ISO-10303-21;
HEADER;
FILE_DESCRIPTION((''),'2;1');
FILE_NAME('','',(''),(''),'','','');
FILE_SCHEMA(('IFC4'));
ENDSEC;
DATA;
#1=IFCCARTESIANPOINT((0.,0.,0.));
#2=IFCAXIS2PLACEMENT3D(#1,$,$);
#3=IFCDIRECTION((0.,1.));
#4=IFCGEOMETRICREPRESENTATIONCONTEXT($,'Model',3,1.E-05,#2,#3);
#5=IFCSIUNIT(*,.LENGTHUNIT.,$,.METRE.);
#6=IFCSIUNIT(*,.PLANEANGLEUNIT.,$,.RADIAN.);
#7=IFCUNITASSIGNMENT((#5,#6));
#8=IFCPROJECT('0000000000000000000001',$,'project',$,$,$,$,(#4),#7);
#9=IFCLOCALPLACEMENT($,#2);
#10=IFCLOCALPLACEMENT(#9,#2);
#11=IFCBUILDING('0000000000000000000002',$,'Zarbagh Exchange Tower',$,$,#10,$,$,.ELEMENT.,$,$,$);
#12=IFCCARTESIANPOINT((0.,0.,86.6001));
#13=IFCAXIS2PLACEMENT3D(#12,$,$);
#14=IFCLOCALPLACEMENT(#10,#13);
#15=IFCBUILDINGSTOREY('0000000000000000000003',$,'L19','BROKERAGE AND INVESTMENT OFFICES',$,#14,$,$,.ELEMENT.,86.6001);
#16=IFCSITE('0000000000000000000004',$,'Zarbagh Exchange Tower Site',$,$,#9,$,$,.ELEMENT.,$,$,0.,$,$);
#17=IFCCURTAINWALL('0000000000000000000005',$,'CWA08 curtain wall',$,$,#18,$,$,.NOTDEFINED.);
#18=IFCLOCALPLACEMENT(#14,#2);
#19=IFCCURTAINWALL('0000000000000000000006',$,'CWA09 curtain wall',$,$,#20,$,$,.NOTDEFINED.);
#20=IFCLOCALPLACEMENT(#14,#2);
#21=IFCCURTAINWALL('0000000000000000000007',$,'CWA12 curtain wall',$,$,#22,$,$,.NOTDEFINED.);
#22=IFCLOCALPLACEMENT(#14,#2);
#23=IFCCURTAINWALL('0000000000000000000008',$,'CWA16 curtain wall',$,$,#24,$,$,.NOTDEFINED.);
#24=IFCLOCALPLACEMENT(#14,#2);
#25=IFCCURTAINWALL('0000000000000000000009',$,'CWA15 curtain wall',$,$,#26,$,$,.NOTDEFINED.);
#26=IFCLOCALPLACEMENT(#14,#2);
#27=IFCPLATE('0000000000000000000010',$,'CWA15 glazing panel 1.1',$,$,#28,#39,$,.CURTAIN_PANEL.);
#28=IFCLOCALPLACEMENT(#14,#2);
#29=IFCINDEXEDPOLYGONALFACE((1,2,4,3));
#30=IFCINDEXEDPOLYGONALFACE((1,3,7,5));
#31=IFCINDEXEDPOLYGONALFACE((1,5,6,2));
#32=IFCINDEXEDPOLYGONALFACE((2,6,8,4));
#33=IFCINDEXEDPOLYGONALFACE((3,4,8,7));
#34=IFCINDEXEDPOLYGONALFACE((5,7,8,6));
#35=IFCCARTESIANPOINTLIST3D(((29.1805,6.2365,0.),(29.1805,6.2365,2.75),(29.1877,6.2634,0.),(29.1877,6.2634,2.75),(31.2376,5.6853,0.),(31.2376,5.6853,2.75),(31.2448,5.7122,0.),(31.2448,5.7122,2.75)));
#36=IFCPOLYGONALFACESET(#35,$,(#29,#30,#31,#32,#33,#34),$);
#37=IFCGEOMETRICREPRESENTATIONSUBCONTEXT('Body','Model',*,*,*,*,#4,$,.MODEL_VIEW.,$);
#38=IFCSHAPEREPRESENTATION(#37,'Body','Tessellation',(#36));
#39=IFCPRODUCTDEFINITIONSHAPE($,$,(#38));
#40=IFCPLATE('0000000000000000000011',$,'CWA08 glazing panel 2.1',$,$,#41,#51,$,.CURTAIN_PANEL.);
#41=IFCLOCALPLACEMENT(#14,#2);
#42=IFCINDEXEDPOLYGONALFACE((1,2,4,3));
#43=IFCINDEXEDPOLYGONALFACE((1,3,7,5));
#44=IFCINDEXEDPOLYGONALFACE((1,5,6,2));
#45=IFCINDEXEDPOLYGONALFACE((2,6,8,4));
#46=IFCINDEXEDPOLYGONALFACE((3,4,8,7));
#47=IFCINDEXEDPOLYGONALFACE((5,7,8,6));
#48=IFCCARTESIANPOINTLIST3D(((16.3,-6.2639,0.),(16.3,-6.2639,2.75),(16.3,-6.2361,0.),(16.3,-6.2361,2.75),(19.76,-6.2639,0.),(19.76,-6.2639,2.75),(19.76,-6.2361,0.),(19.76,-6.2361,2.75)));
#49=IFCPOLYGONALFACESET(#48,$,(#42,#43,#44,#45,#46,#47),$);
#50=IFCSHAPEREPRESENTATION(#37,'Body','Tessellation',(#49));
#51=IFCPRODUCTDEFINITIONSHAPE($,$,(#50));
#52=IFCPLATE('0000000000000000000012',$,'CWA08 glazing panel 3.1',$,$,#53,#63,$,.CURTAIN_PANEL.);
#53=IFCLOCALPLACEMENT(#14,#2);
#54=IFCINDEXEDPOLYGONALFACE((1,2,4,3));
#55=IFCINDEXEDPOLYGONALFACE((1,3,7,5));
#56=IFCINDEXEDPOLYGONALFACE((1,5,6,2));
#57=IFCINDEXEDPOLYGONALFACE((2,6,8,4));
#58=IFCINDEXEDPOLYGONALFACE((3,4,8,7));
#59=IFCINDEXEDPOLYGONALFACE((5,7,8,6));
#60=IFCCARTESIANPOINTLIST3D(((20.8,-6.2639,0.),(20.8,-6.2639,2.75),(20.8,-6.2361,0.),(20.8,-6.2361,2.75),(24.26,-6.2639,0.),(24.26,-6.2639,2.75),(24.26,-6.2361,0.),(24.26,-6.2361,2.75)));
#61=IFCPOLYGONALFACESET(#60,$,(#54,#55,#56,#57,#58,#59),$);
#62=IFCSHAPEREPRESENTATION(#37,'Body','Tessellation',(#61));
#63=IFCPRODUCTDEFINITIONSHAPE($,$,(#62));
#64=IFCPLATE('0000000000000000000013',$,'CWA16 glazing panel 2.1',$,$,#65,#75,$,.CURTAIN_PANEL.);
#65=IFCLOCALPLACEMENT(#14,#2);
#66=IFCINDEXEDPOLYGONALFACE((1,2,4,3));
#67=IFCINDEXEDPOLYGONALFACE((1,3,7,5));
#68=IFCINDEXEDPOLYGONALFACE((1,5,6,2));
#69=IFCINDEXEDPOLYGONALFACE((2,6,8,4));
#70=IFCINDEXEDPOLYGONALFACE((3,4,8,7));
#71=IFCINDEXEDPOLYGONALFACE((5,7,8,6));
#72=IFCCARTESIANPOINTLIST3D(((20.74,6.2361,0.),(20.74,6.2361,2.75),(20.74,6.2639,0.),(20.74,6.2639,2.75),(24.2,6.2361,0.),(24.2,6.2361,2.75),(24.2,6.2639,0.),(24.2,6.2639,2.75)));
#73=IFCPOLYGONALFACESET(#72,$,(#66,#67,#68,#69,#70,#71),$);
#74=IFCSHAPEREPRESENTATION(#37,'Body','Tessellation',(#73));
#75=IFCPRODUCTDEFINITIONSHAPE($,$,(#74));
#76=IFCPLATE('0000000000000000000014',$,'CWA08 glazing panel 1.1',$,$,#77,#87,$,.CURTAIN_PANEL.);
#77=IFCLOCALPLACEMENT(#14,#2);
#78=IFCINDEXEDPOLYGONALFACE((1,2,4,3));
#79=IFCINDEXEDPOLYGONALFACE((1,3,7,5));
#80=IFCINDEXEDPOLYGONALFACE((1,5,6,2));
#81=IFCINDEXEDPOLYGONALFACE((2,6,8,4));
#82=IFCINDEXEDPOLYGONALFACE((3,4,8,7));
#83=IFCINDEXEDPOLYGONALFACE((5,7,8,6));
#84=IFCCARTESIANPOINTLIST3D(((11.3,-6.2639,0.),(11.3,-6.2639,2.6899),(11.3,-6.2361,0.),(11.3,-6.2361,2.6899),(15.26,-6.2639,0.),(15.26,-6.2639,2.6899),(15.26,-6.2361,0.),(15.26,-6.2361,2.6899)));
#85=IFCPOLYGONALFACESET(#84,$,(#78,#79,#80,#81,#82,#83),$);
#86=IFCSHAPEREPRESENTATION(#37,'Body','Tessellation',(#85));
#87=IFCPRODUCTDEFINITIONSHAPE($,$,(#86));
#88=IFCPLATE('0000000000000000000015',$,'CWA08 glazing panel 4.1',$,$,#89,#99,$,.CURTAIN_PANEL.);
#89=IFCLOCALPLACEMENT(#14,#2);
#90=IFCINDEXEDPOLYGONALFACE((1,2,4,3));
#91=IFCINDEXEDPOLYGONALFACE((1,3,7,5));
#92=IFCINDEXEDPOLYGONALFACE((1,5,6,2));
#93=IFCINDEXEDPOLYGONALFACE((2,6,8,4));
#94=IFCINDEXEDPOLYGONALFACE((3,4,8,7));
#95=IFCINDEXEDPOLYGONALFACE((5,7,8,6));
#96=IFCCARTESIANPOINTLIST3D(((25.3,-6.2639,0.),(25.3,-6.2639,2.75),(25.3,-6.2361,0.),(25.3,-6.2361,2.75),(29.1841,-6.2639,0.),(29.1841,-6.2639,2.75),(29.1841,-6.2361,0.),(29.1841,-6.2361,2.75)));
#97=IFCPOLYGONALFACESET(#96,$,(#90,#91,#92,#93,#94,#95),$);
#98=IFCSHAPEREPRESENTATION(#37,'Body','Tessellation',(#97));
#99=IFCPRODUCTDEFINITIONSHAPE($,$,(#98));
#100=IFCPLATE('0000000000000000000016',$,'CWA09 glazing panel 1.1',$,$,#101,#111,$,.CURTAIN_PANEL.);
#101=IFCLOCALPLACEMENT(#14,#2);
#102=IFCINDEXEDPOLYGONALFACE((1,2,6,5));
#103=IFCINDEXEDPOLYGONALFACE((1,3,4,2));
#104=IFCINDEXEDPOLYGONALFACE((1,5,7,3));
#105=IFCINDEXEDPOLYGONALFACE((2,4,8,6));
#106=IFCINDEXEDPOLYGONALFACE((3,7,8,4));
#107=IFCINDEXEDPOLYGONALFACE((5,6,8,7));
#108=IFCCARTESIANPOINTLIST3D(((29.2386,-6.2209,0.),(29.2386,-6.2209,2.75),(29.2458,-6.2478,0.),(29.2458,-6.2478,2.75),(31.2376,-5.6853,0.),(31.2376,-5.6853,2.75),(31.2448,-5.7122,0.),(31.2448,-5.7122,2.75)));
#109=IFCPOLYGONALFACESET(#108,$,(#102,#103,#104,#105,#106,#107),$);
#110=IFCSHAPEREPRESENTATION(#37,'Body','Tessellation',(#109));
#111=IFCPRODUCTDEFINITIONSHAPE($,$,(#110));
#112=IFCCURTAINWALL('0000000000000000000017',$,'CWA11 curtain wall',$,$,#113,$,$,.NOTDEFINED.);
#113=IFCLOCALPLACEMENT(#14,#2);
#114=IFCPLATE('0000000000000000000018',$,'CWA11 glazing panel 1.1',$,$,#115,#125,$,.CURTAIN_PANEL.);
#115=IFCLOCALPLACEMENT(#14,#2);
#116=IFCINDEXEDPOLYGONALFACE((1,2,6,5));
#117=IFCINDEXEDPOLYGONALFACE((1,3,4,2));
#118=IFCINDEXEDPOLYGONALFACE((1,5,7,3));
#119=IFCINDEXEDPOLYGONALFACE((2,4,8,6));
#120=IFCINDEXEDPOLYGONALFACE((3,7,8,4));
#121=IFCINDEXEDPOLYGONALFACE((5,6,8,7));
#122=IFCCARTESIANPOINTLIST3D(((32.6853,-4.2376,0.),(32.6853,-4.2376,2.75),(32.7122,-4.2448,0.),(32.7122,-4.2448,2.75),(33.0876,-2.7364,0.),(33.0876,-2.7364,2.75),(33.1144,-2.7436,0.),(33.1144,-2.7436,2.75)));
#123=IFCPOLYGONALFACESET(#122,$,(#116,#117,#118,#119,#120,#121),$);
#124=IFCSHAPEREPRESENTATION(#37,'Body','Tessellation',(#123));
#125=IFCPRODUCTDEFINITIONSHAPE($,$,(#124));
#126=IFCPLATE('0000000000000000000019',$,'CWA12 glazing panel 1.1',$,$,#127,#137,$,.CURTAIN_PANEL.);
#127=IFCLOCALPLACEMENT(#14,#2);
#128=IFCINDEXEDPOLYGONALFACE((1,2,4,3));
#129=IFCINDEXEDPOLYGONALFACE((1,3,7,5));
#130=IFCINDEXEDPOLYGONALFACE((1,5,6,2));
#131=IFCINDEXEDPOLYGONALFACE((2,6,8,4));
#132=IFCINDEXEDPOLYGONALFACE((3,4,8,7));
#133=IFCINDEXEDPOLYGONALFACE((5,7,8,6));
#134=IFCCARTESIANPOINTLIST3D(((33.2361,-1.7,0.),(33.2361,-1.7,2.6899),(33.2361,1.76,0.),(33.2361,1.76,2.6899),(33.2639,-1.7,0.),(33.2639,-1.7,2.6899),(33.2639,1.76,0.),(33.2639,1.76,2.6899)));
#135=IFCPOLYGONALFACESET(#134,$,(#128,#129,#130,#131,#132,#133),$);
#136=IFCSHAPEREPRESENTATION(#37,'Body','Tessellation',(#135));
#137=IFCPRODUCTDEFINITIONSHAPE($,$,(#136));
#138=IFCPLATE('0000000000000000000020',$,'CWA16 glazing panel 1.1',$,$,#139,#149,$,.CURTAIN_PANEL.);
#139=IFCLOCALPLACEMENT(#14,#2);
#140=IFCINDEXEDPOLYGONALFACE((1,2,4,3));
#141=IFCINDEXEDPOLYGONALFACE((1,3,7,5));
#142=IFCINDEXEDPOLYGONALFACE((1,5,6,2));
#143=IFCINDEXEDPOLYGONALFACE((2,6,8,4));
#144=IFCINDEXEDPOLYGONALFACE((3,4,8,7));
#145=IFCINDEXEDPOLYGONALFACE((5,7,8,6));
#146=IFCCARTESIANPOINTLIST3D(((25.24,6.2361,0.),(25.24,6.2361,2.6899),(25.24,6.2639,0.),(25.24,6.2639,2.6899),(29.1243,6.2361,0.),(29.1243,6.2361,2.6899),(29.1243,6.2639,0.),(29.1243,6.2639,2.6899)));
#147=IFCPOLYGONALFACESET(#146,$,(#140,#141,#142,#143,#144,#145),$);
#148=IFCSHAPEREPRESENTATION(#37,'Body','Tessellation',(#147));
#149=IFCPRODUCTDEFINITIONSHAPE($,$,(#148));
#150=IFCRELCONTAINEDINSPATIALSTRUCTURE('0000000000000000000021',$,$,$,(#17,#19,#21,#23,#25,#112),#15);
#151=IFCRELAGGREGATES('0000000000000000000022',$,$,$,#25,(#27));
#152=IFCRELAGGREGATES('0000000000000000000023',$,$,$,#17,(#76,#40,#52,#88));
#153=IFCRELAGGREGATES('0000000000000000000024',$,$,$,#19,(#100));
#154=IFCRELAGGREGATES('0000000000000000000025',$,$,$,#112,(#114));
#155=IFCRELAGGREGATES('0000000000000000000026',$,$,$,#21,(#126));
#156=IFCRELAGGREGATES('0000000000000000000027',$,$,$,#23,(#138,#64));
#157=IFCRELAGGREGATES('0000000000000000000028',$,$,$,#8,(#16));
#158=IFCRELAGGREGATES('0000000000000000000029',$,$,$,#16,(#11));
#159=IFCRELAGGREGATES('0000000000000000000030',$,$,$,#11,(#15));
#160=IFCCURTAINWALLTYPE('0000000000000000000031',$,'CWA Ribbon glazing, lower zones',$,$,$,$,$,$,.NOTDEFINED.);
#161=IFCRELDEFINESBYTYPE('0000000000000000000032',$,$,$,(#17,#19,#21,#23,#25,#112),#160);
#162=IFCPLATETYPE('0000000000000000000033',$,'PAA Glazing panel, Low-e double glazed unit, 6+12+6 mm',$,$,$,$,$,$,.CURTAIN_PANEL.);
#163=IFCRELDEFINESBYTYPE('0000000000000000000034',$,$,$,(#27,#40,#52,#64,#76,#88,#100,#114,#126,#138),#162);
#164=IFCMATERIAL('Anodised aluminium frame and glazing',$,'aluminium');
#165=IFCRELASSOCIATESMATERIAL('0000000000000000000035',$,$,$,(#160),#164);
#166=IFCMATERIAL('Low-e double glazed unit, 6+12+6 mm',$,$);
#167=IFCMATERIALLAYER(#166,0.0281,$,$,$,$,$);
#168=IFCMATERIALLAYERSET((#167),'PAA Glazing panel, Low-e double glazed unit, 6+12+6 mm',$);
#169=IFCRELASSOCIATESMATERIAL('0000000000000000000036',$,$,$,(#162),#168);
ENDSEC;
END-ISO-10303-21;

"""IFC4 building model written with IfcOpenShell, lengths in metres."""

from ifc_helpers import new_model, si_unit, direction, frame, origin, place, context, subcontext, project, spatial, polyline, outline, extrude, source, transform, mapped, material, layer, layer_set, type_object, element, aggregate, save


model = new_model("IFC4")

# Units and contexts
model_context = context("Model", 3, precision=1e-05, world=origin(), true_north=direction((0.0, 1.0)))
body_context = subcontext(model_context, "Body", "Model", "MODEL_VIEW")
ifc_project = project(units=[si_unit("LENGTHUNIT", "METRE"), si_unit("PLANEANGLEUNIT", "RADIAN")], contexts=[model_context])

# Site, building, storey
site_placement = place(None, origin())
site = spatial("IfcSite", under=ifc_project, at=site_placement, Name="Zarbagh Exchange Tower Site", CompositionType="ELEMENT", RefElevation=0.0)
building_placement = place(site_placement, origin())
building = spatial("IfcBuilding", under=site, at=building_placement, Name="Zarbagh Exchange Tower", CompositionType="ELEMENT")
storey_placement = place(building_placement, frame((0.0, 0.0, 86.6001)))
storey = spatial("IfcBuildingStorey", under=building, at=storey_placement, Name="L19", Description="BROKERAGE AND INVESTMENT OFFICES", CompositionType="ELEMENT", Elevation=86.6001)

# Curtain wall
ifc_material_1 = material(Name="Anodised aluminium frame and glazing", Category="aluminium")
curtain_wall_type = type_object("IfcCurtainWallType", Name="CWA Ribbon glazing, lower zones", PredefinedType="NOTDEFINED", material=ifc_material_1)
curtain_wall_1_placement = place(storey_placement, origin())
curtain_wall_1 = element("IfcCurtainWall", 1, at=curtain_wall_1_placement, inside=storey, type_object=curtain_wall_type, Name="CWA08 curtain wall", PredefinedType="NOTDEFINED")
placement = place(storey_placement, origin())

# Curtain walls
curtain_wall_2_placement = place(storey_placement, origin())
curtain_wall_2 = element("IfcCurtainWall", 2, at=curtain_wall_2_placement, inside=storey, type_object=curtain_wall_type, Name="CWA09 curtain wall", PredefinedType="NOTDEFINED")
curtain_wall_3_placement = place(storey_placement, origin())
curtain_wall_3 = element("IfcCurtainWall", 3, at=curtain_wall_3_placement, inside=storey, type_object=curtain_wall_type, Name="CWA12 curtain wall", PredefinedType="NOTDEFINED")

# Curtain wall
curtain_wall_4_placement = place(storey_placement, origin())
curtain_wall_4 = element("IfcCurtainWall", 4, at=curtain_wall_4_placement, inside=storey, type_object=curtain_wall_type, Name="CWA16 curtain wall", PredefinedType="NOTDEFINED")

# Shared definitions
ifc_material_2 = material(Name="Low-e double glazed unit, 6+12+6 mm")
ifc_layer = layer(ifc_material_2, 0.0281)
ifc_layer_set = layer_set([ifc_layer], Name="PAA Glazing panel, Low-e double glazed unit, 6+12+6 mm")
plate_type = type_object("IfcPlateType", Name="PAA Glazing panel, Low-e double glazed unit, 6+12+6 mm", PredefinedType="CURTAIN_PANEL", material=ifc_layer_set)

# Curtain wall, plate
curtain_wall_5_placement = place(storey_placement, origin())
curtain_wall_5 = element("IfcCurtainWall", 5, at=curtain_wall_5_placement, inside=storey, type_object=curtain_wall_type, Name="CWA15 curtain wall", PredefinedType="NOTDEFINED")
shared_shape_1 = source(origin(), body_context, "Body", "SweptSolid", [
    extrude(outline(polyline([(0.0, -0.0139), (2.1296, -0.0139), (2.1296, 0.0139), (0.0, 0.0139), (0.0, -0.0139)])), origin(), (0.0, 0.0, 1.0), 2.75),
])
plate_1 = element("IfcPlate", 6, at=placement, type_object=plate_type, Name="CWA15 glazing panel 1.1", PredefinedType="CURTAIN_PANEL", context=body_context, shape_type="MappedRepresentation", body=[
    mapped(shared_shape_1, transform((31.2412, 5.6987, 0.0), x_axis=(-0.965924, 0.258825, 0.0), y_axis=(-0.258825, -0.965924, 0.0), z_axis=(0.0, 0.0, 1.0))),
])
aggregate(curtain_wall_5, [plate_1])

# Plates
shared_shape_2 = source(origin(), body_context, "Body", "SweptSolid", [
    extrude(outline(polyline([(0.0, -0.0139), (3.46, -0.0139), (3.46, 0.0139), (0.0, 0.0139), (0.0, -0.0139)])), origin(), (0.0, 0.0, 1.0), 2.75),
])
plate_2 = element("IfcPlate", 7, at=placement, type_object=plate_type, Name="CWA08 glazing panel 2.1", PredefinedType="CURTAIN_PANEL", context=body_context, shape_type="MappedRepresentation", body=[
    mapped(shared_shape_2, transform((16.3, -6.25, 0.0), x_axis=(1.0, 0.0, 0.0), y_axis=(0.0, 1.0, 0.0), z_axis=(0.0, 0.0, 1.0))),
])
plate_3 = element("IfcPlate", 8, at=placement, type_object=plate_type, Name="CWA08 glazing panel 3.1", PredefinedType="CURTAIN_PANEL", context=body_context, shape_type="MappedRepresentation", body=[
    mapped(shared_shape_2, transform((20.8, -6.25, 0.0), x_axis=(1.0, 0.0, 0.0), y_axis=(0.0, 1.0, 0.0), z_axis=(0.0, 0.0, 1.0))),
])
plate_4 = element("IfcPlate", 9, at=placement, type_object=plate_type, Name="CWA16 glazing panel 2.1", PredefinedType="CURTAIN_PANEL", context=body_context, shape_type="MappedRepresentation", body=[
    mapped(shared_shape_2, transform((24.2, 6.25, 0.0), x_axis=(-1.0, 0.0, 0.0), y_axis=(0.0, -1.0, 0.0), z_axis=(0.0, 0.0, 1.0))),
])
shared_shape_3 = source(origin(), body_context, "Body", "SweptSolid", [
    extrude(outline(polyline([(0.0, -0.0139), (3.96, -0.0139), (3.96, 0.0139), (0.0, 0.0139), (0.0, -0.0139)])), origin(), (0.0, 0.0, 1.0), 2.6899),
])
plate_5 = element("IfcPlate", 10, at=placement, type_object=plate_type, Name="CWA08 glazing panel 1.1", PredefinedType="CURTAIN_PANEL", context=body_context, shape_type="MappedRepresentation", body=[
    mapped(shared_shape_3, transform((11.3, -6.25, 0.0), x_axis=(1.0, 0.0, 0.0), y_axis=(0.0, 1.0, 0.0), z_axis=(0.0, 0.0, 1.0))),
])
shared_shape_4 = source(origin(), body_context, "Body", "SweptSolid", [
    extrude(outline(polyline([(0.0, -0.0139), (3.884, -0.0139), (3.884, 0.0139), (0.0, 0.0139), (0.0, -0.0139)])), origin(), (0.0, 0.0, 1.0), 2.75),
])
plate_6 = element("IfcPlate", 11, at=placement, type_object=plate_type, Name="CWA08 glazing panel 4.1", PredefinedType="CURTAIN_PANEL", context=body_context, shape_type="MappedRepresentation", body=[
    mapped(shared_shape_4, transform((25.3, -6.25, 0.0), x_axis=(1.0, 0.0, 0.0), y_axis=(0.0, 1.0, 0.0), z_axis=(0.0, 0.0, 1.0))),
])
aggregate(curtain_wall_1, [plate_5, plate_2, plate_3, plate_6])
shared_shape_5 = source(origin(), body_context, "Body", "SweptSolid", [
    extrude(outline(polyline([(0.0, -0.0139), (2.0696, -0.0139), (2.0696, 0.0139), (0.0, 0.0139), (0.0, -0.0139)])), origin(), (0.0, 0.0, 1.0), 2.75),
])
plate_7 = element("IfcPlate", 12, at=placement, type_object=plate_type, Name="CWA09 glazing panel 1.1", PredefinedType="CURTAIN_PANEL", context=body_context, shape_type="MappedRepresentation", body=[
    mapped(shared_shape_5, transform((29.2422, -6.2344, 0.0), x_axis=(0.965924, 0.258825, 0.0), y_axis=(-0.258825, 0.965924, 0.0), z_axis=(0.0, 0.0, 1.0))),
])
aggregate(curtain_wall_2, [plate_7])

# Curtain wall, plate
curtain_wall_6_placement = place(storey_placement, origin())
curtain_wall_6 = element("IfcCurtainWall", 13, at=curtain_wall_6_placement, inside=storey, type_object=curtain_wall_type, Name="CWA11 curtain wall", PredefinedType="NOTDEFINED")
shared_shape_6 = source(origin(), body_context, "Body", "SweptSolid", [
    extrude(outline(polyline([(0.0, -0.0139), (1.5542, -0.0139), (1.5542, 0.0139), (0.0, 0.0139), (0.0, -0.0139)])), origin(), (0.0, 0.0, 1.0), 2.75),
])
plate_8 = element("IfcPlate", 14, at=placement, type_object=plate_type, Name="CWA11 glazing panel 1.1", PredefinedType="CURTAIN_PANEL", context=body_context, shape_type="MappedRepresentation", body=[
    mapped(shared_shape_6, transform((32.6987, -4.2412, 0.0), x_axis=(0.258825, 0.965924, 0.0), y_axis=(-0.965924, 0.258825, 0.0), z_axis=(0.0, 0.0, 1.0))),
])
aggregate(curtain_wall_6, [plate_8])

# Plates
shared_shape_7 = source(origin(), body_context, "Body", "SweptSolid", [
    extrude(outline(polyline([(0.0, -0.0139), (3.46, -0.0139), (3.46, 0.0139), (0.0, 0.0139), (0.0, -0.0139)])), origin(), (0.0, 0.0, 1.0), 2.6899),
])
plate_9 = element("IfcPlate", 15, at=placement, type_object=plate_type, Name="CWA12 glazing panel 1.1", PredefinedType="CURTAIN_PANEL", context=body_context, shape_type="MappedRepresentation", body=[
    mapped(shared_shape_7, transform((33.25, -1.7, 0.0), x_axis=(0.0, 1.0, 0.0), y_axis=(-1.0, 0.0, 0.0), z_axis=(0.0, 0.0, 1.0))),
])
aggregate(curtain_wall_3, [plate_9])
shared_shape_8 = source(origin(), body_context, "Body", "SweptSolid", [
    extrude(outline(polyline([(0.0, -0.0139), (3.8843, -0.0139), (3.8843, 0.0139), (0.0, 0.0139), (0.0, -0.0139)])), origin(), (0.0, 0.0, 1.0), 2.6899),
])
plate_10 = element("IfcPlate", 16, at=placement, type_object=plate_type, Name="CWA16 glazing panel 1.1", PredefinedType="CURTAIN_PANEL", context=body_context, shape_type="MappedRepresentation", body=[
    mapped(shared_shape_8, transform((29.1243, 6.25, 0.0), x_axis=(-1.0, 0.0, 0.0), y_axis=(0.0, -1.0, 0.0), z_axis=(0.0, 0.0, 1.0))),
])
aggregate(curtain_wall_4, [plate_10, plate_4])

save(model, "model.ifc")
